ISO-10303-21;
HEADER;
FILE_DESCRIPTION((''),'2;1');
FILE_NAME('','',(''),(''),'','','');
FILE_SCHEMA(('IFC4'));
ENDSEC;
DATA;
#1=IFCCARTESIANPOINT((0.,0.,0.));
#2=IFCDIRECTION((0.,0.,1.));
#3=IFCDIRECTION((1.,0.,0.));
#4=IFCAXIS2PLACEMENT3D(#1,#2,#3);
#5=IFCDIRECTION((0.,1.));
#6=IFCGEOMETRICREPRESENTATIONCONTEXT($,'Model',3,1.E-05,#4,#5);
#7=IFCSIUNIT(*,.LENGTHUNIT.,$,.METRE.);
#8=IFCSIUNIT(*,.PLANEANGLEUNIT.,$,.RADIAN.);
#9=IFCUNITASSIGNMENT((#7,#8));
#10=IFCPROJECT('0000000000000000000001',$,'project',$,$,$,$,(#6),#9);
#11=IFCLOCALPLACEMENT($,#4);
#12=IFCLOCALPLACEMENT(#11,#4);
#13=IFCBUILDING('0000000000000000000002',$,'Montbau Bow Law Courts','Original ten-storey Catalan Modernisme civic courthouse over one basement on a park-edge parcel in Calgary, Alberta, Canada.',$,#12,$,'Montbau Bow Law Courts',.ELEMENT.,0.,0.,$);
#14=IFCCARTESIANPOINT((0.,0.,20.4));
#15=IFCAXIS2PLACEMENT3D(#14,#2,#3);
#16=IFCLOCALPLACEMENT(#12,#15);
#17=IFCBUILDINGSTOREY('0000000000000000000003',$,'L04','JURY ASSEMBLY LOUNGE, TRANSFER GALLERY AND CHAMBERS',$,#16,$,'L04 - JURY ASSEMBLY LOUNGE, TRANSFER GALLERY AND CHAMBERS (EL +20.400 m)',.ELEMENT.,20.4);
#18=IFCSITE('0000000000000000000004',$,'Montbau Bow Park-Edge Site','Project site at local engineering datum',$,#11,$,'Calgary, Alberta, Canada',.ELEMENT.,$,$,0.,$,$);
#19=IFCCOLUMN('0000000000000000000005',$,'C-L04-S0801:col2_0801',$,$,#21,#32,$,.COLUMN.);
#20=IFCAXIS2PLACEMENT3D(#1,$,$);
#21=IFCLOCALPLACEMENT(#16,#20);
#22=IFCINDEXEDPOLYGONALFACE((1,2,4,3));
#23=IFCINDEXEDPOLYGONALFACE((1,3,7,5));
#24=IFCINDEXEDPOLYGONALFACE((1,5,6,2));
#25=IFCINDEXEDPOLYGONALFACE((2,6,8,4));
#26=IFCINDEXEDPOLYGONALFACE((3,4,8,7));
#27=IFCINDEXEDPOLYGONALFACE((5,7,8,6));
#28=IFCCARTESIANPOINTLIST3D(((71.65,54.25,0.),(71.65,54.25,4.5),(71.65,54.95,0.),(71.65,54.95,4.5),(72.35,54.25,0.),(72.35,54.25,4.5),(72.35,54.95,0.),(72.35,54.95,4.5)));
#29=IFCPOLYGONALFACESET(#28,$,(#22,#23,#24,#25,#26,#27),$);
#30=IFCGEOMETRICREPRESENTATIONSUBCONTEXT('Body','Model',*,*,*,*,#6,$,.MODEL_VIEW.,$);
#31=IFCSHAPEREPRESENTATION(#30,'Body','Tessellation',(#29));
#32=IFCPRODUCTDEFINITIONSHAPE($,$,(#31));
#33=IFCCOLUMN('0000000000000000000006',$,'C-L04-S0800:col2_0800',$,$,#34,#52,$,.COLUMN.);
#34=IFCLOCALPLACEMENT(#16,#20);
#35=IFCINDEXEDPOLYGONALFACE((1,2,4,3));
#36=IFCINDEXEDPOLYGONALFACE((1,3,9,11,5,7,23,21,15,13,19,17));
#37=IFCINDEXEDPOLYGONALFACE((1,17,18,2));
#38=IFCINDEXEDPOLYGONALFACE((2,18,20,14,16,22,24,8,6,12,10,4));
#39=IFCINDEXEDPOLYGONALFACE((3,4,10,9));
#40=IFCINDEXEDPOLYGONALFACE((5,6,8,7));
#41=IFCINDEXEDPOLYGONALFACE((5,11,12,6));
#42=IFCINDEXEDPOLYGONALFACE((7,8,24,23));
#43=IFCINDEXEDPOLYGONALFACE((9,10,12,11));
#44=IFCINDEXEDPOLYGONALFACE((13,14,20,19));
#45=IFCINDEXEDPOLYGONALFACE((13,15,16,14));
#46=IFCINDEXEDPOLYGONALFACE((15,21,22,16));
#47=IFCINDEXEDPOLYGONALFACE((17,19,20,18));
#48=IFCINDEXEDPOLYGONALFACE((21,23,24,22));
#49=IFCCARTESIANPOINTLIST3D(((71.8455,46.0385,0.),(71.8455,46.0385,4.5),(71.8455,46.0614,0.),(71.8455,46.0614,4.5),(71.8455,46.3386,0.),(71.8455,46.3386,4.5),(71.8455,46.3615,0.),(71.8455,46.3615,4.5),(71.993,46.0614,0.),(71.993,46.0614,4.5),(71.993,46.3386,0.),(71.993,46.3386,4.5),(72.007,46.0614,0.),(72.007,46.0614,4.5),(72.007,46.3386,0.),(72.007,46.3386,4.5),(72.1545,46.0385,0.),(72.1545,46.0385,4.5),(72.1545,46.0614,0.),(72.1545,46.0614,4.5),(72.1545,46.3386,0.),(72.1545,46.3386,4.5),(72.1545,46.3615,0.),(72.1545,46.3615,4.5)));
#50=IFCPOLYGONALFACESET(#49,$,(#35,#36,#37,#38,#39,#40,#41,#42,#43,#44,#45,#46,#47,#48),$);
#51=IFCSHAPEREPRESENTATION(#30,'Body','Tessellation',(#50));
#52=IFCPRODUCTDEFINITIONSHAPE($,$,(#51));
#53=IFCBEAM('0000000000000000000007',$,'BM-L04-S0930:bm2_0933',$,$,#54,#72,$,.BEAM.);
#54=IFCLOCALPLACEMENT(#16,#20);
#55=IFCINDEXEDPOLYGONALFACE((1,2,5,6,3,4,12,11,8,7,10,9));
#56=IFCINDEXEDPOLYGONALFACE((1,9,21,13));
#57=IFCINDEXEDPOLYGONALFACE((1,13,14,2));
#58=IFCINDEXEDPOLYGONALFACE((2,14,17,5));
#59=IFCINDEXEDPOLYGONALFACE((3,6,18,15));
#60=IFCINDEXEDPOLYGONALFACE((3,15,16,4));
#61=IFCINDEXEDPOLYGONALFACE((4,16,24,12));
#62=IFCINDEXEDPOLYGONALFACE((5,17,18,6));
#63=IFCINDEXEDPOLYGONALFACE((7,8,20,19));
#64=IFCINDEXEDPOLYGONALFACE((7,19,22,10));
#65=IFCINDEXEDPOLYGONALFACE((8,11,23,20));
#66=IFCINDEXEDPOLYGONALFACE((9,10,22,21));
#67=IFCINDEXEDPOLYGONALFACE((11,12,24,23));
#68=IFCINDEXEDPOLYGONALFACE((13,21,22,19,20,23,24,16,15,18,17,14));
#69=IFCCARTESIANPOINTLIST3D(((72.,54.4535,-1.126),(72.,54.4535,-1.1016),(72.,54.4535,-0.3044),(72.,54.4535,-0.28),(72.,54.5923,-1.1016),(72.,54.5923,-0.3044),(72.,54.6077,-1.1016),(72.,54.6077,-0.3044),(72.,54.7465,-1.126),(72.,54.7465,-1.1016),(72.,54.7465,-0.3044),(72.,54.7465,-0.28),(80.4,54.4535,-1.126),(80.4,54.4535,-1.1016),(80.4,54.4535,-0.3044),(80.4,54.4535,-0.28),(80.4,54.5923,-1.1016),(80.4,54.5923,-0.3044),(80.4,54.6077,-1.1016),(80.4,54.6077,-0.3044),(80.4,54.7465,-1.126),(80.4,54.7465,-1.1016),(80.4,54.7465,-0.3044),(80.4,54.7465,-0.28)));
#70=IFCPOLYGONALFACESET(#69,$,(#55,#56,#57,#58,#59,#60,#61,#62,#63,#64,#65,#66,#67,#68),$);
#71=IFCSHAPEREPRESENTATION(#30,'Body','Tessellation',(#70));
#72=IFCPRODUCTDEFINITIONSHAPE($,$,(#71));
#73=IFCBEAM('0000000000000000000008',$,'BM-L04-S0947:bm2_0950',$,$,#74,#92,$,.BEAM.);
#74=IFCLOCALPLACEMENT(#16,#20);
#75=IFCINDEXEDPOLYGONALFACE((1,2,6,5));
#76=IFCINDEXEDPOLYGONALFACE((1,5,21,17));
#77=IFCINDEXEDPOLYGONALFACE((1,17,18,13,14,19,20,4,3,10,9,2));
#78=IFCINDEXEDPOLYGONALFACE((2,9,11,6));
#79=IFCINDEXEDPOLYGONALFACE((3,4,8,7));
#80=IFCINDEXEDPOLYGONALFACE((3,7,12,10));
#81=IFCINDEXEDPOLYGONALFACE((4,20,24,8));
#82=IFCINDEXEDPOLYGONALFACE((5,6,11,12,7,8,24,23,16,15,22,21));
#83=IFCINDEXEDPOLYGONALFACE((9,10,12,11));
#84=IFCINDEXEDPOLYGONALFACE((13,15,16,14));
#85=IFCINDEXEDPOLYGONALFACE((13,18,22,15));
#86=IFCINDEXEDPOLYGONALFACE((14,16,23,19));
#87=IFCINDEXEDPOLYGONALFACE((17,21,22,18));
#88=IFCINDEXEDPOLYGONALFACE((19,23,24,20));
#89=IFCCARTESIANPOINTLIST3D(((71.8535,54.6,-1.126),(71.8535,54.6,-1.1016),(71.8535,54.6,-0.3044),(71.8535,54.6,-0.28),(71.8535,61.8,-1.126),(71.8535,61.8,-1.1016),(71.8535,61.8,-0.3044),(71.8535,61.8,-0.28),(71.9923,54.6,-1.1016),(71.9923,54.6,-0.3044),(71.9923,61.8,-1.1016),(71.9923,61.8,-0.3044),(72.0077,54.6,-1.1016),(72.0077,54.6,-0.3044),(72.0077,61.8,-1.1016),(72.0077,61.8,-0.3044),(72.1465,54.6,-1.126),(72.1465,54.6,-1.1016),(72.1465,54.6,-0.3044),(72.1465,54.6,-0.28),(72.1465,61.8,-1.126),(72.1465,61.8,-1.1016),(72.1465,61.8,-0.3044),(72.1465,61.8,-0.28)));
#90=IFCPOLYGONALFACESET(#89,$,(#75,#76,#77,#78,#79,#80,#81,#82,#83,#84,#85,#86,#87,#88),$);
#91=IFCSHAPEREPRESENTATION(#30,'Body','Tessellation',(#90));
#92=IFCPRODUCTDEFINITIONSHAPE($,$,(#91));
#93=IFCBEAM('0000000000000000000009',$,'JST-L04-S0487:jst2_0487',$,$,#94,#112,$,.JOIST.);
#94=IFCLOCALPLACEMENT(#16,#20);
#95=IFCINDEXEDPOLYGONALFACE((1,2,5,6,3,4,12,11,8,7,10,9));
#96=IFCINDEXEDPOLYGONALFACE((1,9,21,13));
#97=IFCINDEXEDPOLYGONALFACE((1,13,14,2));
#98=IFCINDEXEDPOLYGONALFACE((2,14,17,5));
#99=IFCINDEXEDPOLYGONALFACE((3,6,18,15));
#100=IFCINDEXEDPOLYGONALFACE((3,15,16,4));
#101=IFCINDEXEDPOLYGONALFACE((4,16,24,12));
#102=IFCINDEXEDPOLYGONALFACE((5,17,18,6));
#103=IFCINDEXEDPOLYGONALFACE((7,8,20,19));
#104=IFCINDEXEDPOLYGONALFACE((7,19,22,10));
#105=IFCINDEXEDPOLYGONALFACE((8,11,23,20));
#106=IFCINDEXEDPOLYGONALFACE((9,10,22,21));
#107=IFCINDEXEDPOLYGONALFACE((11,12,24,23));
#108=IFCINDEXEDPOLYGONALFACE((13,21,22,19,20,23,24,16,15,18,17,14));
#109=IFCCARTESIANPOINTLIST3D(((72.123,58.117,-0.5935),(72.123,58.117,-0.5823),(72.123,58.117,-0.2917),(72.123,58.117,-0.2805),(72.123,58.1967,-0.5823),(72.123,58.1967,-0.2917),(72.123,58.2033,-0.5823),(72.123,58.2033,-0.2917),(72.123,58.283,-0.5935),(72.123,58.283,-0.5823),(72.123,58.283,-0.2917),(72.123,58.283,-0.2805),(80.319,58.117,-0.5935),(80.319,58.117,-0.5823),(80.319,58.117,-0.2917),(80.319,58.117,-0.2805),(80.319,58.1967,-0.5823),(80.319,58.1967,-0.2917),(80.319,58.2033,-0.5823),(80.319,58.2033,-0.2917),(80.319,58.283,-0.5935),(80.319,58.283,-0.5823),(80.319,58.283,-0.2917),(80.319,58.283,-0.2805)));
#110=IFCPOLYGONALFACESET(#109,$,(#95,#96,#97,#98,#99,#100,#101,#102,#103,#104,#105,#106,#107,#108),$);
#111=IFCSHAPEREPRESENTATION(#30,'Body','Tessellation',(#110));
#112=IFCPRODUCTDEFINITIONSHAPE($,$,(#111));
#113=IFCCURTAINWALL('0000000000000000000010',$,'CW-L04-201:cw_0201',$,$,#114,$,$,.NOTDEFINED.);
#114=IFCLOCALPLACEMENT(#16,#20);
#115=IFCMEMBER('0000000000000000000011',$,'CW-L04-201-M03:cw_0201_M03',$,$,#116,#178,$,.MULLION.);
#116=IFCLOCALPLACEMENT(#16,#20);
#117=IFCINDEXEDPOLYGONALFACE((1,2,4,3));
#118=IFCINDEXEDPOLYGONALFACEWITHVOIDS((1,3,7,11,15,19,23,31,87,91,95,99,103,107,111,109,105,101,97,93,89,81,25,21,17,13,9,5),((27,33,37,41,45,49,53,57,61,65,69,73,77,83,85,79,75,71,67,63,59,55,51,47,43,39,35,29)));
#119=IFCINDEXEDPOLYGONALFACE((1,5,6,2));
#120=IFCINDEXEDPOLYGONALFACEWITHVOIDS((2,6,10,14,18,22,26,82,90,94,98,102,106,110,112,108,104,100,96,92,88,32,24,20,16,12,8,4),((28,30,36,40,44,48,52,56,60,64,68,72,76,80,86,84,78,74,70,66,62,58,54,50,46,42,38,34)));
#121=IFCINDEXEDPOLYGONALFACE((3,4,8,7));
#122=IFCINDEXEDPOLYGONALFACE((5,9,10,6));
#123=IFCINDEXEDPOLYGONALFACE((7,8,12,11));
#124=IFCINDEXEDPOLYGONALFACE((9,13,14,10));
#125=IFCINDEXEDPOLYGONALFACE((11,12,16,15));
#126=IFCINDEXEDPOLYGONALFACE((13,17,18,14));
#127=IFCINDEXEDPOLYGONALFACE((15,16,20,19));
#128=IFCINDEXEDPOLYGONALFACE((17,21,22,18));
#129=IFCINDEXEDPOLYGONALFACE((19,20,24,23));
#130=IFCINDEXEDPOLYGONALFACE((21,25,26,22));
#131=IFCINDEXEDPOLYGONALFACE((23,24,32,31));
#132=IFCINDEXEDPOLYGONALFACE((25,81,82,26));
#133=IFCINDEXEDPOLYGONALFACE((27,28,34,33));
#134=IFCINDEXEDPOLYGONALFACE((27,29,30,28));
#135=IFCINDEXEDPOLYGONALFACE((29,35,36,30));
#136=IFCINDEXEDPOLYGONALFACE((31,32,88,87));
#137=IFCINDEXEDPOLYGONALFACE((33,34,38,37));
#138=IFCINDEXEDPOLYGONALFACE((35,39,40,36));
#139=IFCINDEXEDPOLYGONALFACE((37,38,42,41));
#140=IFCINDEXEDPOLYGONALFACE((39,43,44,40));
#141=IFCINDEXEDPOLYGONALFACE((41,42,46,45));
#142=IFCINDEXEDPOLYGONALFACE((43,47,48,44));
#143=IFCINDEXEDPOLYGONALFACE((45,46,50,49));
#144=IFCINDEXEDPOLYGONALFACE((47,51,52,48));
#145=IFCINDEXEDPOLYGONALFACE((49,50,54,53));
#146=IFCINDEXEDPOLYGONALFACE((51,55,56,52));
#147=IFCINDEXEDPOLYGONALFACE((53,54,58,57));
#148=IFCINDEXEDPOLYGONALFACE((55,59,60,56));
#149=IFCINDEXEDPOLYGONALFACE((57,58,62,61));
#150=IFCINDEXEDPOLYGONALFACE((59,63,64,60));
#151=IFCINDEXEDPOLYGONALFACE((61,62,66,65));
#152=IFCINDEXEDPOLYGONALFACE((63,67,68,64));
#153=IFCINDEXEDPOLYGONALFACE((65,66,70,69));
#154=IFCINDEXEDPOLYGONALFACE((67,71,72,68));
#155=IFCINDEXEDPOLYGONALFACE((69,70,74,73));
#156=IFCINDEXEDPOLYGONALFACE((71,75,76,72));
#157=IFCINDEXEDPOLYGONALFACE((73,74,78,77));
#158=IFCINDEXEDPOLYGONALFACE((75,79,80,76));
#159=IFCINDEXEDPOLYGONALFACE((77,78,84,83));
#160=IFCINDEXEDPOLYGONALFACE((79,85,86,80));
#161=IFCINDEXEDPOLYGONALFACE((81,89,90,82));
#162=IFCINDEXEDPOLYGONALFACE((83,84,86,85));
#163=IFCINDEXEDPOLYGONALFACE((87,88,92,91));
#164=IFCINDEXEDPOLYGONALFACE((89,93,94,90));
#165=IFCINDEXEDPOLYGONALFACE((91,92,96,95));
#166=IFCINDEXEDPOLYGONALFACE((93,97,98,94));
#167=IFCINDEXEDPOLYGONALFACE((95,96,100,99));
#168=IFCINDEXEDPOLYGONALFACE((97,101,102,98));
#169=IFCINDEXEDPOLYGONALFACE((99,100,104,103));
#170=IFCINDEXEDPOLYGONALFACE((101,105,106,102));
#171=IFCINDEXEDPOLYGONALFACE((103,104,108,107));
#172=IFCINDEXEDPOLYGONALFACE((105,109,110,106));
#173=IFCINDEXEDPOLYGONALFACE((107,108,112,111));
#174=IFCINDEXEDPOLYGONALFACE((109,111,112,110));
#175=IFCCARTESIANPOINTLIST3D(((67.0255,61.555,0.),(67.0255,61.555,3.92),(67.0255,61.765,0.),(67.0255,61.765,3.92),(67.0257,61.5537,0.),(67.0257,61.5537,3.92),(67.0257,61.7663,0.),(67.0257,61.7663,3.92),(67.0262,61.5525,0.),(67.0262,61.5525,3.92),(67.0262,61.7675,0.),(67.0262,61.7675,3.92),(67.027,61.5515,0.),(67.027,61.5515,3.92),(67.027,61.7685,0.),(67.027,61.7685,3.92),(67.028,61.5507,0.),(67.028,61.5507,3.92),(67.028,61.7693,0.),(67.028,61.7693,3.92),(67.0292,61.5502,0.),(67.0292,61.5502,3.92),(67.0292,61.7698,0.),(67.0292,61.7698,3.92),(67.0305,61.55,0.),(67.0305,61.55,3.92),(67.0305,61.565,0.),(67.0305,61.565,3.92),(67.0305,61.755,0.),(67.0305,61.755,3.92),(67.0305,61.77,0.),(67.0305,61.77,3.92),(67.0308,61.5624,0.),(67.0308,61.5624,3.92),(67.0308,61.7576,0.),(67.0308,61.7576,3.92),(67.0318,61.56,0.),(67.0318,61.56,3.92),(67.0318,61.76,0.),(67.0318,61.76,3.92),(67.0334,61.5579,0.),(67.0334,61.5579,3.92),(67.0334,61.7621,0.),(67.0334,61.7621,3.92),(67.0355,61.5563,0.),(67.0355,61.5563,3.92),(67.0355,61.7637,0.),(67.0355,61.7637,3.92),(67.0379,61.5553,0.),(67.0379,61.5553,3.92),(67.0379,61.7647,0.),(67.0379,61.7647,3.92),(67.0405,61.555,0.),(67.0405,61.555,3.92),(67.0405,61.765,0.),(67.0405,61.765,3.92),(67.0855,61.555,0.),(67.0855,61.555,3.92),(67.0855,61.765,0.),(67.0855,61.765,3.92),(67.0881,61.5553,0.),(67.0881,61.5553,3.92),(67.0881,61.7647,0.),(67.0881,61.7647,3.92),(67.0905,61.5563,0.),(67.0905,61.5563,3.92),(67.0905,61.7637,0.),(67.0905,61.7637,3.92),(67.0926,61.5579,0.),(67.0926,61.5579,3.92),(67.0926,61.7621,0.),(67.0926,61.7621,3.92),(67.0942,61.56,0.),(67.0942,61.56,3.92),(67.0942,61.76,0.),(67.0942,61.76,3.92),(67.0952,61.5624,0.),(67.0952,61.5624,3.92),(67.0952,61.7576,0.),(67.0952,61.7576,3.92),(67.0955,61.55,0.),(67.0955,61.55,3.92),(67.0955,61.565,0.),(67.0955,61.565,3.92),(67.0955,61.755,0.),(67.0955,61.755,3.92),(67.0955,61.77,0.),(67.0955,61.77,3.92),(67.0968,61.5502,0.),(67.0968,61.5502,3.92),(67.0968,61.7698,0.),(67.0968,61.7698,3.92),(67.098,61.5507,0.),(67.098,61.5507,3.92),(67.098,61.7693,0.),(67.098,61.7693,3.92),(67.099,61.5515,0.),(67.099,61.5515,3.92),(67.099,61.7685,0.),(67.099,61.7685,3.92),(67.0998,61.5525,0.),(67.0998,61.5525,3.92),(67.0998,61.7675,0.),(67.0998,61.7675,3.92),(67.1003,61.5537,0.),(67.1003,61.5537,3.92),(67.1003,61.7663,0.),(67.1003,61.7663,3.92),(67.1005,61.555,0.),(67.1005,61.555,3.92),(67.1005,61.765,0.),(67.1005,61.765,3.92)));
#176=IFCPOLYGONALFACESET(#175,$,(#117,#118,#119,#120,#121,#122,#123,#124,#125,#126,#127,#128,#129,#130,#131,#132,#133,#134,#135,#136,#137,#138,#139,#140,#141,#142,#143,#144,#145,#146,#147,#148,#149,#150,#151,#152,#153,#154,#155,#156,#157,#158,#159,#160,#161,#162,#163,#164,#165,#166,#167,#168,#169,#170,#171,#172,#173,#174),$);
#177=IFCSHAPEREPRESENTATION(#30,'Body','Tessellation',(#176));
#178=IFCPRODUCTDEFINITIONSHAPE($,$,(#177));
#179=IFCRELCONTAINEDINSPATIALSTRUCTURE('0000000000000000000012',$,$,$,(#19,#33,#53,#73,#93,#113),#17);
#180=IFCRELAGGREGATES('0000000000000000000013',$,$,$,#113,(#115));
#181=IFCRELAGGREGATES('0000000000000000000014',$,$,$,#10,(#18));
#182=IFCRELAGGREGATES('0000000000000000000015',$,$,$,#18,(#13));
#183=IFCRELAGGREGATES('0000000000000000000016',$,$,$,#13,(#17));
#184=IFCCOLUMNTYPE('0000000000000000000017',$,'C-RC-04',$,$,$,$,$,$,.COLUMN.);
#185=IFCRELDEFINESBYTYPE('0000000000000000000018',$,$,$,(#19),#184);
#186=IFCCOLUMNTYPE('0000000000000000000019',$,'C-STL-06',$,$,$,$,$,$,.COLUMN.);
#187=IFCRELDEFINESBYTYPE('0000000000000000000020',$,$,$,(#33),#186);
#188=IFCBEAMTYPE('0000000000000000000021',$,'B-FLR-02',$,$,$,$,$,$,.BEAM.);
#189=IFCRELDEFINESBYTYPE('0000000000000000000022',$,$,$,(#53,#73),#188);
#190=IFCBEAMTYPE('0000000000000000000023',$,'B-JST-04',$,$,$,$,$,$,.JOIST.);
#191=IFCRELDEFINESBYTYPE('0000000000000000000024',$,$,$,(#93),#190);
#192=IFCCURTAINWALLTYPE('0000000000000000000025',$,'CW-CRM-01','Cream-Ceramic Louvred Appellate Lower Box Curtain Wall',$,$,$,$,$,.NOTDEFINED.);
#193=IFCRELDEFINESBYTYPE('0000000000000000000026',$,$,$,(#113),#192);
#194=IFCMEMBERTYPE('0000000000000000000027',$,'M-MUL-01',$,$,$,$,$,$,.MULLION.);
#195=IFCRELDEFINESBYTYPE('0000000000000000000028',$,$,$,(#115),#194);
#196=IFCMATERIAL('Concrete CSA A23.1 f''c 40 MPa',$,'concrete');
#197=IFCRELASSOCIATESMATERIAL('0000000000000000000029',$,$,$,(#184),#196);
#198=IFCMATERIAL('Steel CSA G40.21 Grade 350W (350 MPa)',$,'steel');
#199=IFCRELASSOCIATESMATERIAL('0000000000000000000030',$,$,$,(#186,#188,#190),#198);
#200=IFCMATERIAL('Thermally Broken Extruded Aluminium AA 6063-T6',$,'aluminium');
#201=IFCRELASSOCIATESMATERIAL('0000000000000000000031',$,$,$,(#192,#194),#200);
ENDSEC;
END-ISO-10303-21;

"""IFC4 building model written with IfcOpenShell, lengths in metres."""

from ifc_helpers import new_model, si_unit, direction, frame, origin_with_axes, origin_2d_with_axis, place, context, subcontext, project, spatial, rectangle, hollow_rectangle, i_section, extrude, material, material_profile, profile_set, type_object, element, aggregate, save


model = new_model("IFC4")

# Units and contexts
model_context = context("Model", 3, precision=1e-05, world=origin_with_axes(), true_north=direction((0.0, 1.0)))
body_context = subcontext(model_context, "Body", "Model", "MODEL_VIEW")
ifc_project = project(units=[si_unit("LENGTHUNIT", "METRE"), si_unit("PLANEANGLEUNIT", "RADIAN")], contexts=[model_context])

# Site, building, storey
site_placement = place(None, origin_with_axes())
site = spatial("IfcSite", under=ifc_project, at=site_placement, Name="Montbau Bow Park-Edge Site", Description="Project site at local engineering datum", LongName="Calgary, Alberta, Canada", CompositionType="ELEMENT", RefElevation=0.0)
building_placement = place(site_placement, origin_with_axes())
building = spatial("IfcBuilding", under=site, at=building_placement, Name="Montbau Bow Law Courts", Description="Original ten-storey Catalan Modernisme civic courthouse over one basement on a park-edge parcel in Calgary, Alberta, Canada.", LongName="Montbau Bow Law Courts", CompositionType="ELEMENT", ElevationOfRefHeight=0.0, ElevationOfTerrain=0.0)
storey_placement = place(building_placement, frame((0.0, 0.0, 20.4), z_axis=(0.0, 0.0, 1.0), x_axis=(1.0, 0.0, 0.0)))
storey = spatial("IfcBuildingStorey", under=building, at=storey_placement, Name="L04", Description="JURY ASSEMBLY LOUNGE, TRANSFER GALLERY AND CHAMBERS", LongName="L04 - JURY ASSEMBLY LOUNGE, TRANSFER GALLERY AND CHAMBERS (EL +20.400 m)", CompositionType="ELEMENT", Elevation=20.4)

# Columns
ifc_material_1 = material(Name="Concrete CSA A23.1 f'c 40 MPa", Category="concrete")
ifc_material_profile_1 = material_profile(ifc_material_1, rectangle(XDim=0.7, YDim=0.7, at=origin_2d_with_axis()), Name="RC700X700", Category="Main", Priority=0)
ifc_profile_set_1 = profile_set([ifc_material_profile_1], Name="Concrete CSA A23.1 f'c 40 MPa")
column_type_1 = type_object("IfcColumnType", Name="C-RC-04", PredefinedType="COLUMN", material=ifc_profile_set_1)
column_1_placement = place(None, frame((72.0, 54.6, 20.4), z_axis=(0.0, 0.0, 1.0), x_axis=(1.0, 0.0, 0.0)))
element("IfcColumn", 1, at=column_1_placement, inside=storey, type_object=column_type_1, Name="C-L04-S0801:col2_0801", PredefinedType="COLUMN", context=body_context, shape_type="SweptSolid", body=[
    extrude(rectangle(XDim=0.7, YDim=0.7, at=origin_2d_with_axis()), origin_with_axes(), (0.0, 0.0, 1.0), 4.5),
])
ifc_material_2 = material(Name="Steel CSA G40.21 Grade 350W (350 MPa)", Category="steel")
ifc_material_profile_2 = material_profile(ifc_material_2, i_section(OverallWidth=0.309, OverallDepth=0.323, WebThickness=0.014, FlangeThickness=0.0229, at=origin_2d_with_axis()), Name="W310X143", Category="Main", Priority=0)
ifc_profile_set_2 = profile_set([ifc_material_profile_2], Name="Steel CSA G40.21 Grade 350W (350 MPa)")
column_type_2 = type_object("IfcColumnType", Name="C-STL-06", PredefinedType="COLUMN", material=ifc_profile_set_2)
column_2_placement = place(None, frame((72.0, 46.2, 20.4), z_axis=(0.0, 0.0, 1.0), x_axis=(1.0, 0.0, 0.0)))
element("IfcColumn", 2, at=column_2_placement, inside=storey, type_object=column_type_2, Name="C-L04-S0800:col2_0800", PredefinedType="COLUMN", context=body_context, shape_type="SweptSolid", body=[
    extrude(i_section(OverallWidth=0.309, OverallDepth=0.323, WebThickness=0.014, FlangeThickness=0.0229, at=origin_2d_with_axis()), origin_with_axes(), (0.0, 0.0, 1.0), 4.5),
])

# Beams
ifc_material_profile_3 = material_profile(ifc_material_2, i_section(OverallWidth=0.293, OverallDepth=0.846, WebThickness=0.0154, FlangeThickness=0.0244, at=origin_2d_with_axis()), Name="W840X210", Category="Main", Priority=0)
ifc_profile_set_3 = profile_set([ifc_material_profile_3], Name="Steel CSA G40.21 Grade 350W (350 MPa)")
beam_type_1 = type_object("IfcBeamType", Name="B-FLR-02", PredefinedType="BEAM", material=ifc_profile_set_3)
beam_1_placement = place(None, frame((72.0, 54.6, 19.697), z_axis=(1.0, 0.0, 0.0), x_axis=(0.0, 1.0, 0.0)))
element("IfcBeam", 3, at=beam_1_placement, inside=storey, type_object=beam_type_1, Name="BM-L04-S0930:bm2_0933", PredefinedType="BEAM", context=body_context, shape_type="SweptSolid", body=[
    extrude(i_section(OverallWidth=0.293, OverallDepth=0.846, WebThickness=0.0154, FlangeThickness=0.0244, at=origin_2d_with_axis()), origin_with_axes(), (0.0, 0.0, 1.0), 8.4),
])
beam_2_placement = place(None, frame((72.0, 54.6, 19.697), z_axis=(0.0, 1.0, 0.0), x_axis=(-1.0, 0.0, 0.0)))
element("IfcBeam", 4, at=beam_2_placement, inside=storey, type_object=beam_type_1, Name="BM-L04-S0947:bm2_0950", PredefinedType="BEAM", context=body_context, shape_type="SweptSolid", body=[
    extrude(i_section(OverallWidth=0.293, OverallDepth=0.846, WebThickness=0.0154, FlangeThickness=0.0244, at=origin_2d_with_axis()), origin_with_axes(), (0.0, 0.0, 1.0), 7.2),
])
ifc_material_profile_4 = material_profile(ifc_material_2, i_section(OverallWidth=0.166, OverallDepth=0.313, WebThickness=0.0066, FlangeThickness=0.0112, at=origin_2d_with_axis()), Name="W310X45", Category="Main", Priority=0)
ifc_profile_set_4 = profile_set([ifc_material_profile_4], Name="Steel CSA G40.21 Grade 350W (350 MPa)")
beam_type_2 = type_object("IfcBeamType", Name="B-JST-04", PredefinedType="JOIST", material=ifc_profile_set_4)
beam_3_placement = place(None, frame((72.123, 58.2, 19.963), z_axis=(1.0, 0.0, 0.0), x_axis=(0.0, 1.0, 0.0)))
element("IfcBeam", 5, at=beam_3_placement, inside=storey, type_object=beam_type_2, Name="JST-L04-S0487:jst2_0487", PredefinedType="JOIST", context=body_context, shape_type="SweptSolid", body=[
    extrude(i_section(OverallWidth=0.166, OverallDepth=0.313, WebThickness=0.0066, FlangeThickness=0.0112, at=origin_2d_with_axis()), origin_with_axes(), (0.0, 0.0, 1.0), 8.196),
])

# Curtain wall, member
ifc_material_3 = material(Name="Thermally Broken Extruded Aluminium AA 6063-T6", Category="aluminium")
curtain_wall_type = type_object("IfcCurtainWallType", Name="CW-CRM-01", Description="Cream-Ceramic Louvred Appellate Lower Box Curtain Wall", PredefinedType="NOTDEFINED", material=ifc_material_3)
curtain_wall_1_placement = place(None, frame((64.115, 61.66, 20.4), z_axis=(0.0, 0.0, 1.0), x_axis=(1.0, 0.0, 0.0)))
curtain_wall_1 = element("IfcCurtainWall", 6, at=curtain_wall_1_placement, inside=storey, type_object=curtain_wall_type, Name="CW-L04-201:cw_0201", PredefinedType="NOTDEFINED")
ifc_material_profile_5 = material_profile(ifc_material_3, hollow_rectangle(XDim=0.075, YDim=0.22, WallThickness=0.005, InnerFilletRadius=0.01, OuterFilletRadius=0.005, at=origin_2d_with_axis()), Name="CWM-220X75", Category="Main", Priority=0)
ifc_profile_set_5 = profile_set([ifc_material_profile_5], Name="Thermally Broken Extruded Aluminium AA 6063-T6")
member_type_1 = type_object("IfcMemberType", Name="M-MUL-01", PredefinedType="MULLION", material=ifc_profile_set_5)
member_1_placement = place(None, frame((67.063, 61.66, 20.4), z_axis=(0.0, 0.0, 1.0), x_axis=(1.0, 0.0, 0.0)))
member_1 = element("IfcMember", 7, at=member_1_placement, type_object=member_type_1, Name="CW-L04-201-M03:cw_0201_M03", PredefinedType="MULLION", context=body_context, shape_type="SweptSolid", body=[
    extrude(hollow_rectangle(XDim=0.075, YDim=0.22, WallThickness=0.005, InnerFilletRadius=0.01, OuterFilletRadius=0.005, at=origin_2d_with_axis()), origin_with_axes(), (0.0, 0.0, 1.0), 3.92),
])

aggregate(curtain_wall_1, [member_1])

save(model, "model.ifc")
